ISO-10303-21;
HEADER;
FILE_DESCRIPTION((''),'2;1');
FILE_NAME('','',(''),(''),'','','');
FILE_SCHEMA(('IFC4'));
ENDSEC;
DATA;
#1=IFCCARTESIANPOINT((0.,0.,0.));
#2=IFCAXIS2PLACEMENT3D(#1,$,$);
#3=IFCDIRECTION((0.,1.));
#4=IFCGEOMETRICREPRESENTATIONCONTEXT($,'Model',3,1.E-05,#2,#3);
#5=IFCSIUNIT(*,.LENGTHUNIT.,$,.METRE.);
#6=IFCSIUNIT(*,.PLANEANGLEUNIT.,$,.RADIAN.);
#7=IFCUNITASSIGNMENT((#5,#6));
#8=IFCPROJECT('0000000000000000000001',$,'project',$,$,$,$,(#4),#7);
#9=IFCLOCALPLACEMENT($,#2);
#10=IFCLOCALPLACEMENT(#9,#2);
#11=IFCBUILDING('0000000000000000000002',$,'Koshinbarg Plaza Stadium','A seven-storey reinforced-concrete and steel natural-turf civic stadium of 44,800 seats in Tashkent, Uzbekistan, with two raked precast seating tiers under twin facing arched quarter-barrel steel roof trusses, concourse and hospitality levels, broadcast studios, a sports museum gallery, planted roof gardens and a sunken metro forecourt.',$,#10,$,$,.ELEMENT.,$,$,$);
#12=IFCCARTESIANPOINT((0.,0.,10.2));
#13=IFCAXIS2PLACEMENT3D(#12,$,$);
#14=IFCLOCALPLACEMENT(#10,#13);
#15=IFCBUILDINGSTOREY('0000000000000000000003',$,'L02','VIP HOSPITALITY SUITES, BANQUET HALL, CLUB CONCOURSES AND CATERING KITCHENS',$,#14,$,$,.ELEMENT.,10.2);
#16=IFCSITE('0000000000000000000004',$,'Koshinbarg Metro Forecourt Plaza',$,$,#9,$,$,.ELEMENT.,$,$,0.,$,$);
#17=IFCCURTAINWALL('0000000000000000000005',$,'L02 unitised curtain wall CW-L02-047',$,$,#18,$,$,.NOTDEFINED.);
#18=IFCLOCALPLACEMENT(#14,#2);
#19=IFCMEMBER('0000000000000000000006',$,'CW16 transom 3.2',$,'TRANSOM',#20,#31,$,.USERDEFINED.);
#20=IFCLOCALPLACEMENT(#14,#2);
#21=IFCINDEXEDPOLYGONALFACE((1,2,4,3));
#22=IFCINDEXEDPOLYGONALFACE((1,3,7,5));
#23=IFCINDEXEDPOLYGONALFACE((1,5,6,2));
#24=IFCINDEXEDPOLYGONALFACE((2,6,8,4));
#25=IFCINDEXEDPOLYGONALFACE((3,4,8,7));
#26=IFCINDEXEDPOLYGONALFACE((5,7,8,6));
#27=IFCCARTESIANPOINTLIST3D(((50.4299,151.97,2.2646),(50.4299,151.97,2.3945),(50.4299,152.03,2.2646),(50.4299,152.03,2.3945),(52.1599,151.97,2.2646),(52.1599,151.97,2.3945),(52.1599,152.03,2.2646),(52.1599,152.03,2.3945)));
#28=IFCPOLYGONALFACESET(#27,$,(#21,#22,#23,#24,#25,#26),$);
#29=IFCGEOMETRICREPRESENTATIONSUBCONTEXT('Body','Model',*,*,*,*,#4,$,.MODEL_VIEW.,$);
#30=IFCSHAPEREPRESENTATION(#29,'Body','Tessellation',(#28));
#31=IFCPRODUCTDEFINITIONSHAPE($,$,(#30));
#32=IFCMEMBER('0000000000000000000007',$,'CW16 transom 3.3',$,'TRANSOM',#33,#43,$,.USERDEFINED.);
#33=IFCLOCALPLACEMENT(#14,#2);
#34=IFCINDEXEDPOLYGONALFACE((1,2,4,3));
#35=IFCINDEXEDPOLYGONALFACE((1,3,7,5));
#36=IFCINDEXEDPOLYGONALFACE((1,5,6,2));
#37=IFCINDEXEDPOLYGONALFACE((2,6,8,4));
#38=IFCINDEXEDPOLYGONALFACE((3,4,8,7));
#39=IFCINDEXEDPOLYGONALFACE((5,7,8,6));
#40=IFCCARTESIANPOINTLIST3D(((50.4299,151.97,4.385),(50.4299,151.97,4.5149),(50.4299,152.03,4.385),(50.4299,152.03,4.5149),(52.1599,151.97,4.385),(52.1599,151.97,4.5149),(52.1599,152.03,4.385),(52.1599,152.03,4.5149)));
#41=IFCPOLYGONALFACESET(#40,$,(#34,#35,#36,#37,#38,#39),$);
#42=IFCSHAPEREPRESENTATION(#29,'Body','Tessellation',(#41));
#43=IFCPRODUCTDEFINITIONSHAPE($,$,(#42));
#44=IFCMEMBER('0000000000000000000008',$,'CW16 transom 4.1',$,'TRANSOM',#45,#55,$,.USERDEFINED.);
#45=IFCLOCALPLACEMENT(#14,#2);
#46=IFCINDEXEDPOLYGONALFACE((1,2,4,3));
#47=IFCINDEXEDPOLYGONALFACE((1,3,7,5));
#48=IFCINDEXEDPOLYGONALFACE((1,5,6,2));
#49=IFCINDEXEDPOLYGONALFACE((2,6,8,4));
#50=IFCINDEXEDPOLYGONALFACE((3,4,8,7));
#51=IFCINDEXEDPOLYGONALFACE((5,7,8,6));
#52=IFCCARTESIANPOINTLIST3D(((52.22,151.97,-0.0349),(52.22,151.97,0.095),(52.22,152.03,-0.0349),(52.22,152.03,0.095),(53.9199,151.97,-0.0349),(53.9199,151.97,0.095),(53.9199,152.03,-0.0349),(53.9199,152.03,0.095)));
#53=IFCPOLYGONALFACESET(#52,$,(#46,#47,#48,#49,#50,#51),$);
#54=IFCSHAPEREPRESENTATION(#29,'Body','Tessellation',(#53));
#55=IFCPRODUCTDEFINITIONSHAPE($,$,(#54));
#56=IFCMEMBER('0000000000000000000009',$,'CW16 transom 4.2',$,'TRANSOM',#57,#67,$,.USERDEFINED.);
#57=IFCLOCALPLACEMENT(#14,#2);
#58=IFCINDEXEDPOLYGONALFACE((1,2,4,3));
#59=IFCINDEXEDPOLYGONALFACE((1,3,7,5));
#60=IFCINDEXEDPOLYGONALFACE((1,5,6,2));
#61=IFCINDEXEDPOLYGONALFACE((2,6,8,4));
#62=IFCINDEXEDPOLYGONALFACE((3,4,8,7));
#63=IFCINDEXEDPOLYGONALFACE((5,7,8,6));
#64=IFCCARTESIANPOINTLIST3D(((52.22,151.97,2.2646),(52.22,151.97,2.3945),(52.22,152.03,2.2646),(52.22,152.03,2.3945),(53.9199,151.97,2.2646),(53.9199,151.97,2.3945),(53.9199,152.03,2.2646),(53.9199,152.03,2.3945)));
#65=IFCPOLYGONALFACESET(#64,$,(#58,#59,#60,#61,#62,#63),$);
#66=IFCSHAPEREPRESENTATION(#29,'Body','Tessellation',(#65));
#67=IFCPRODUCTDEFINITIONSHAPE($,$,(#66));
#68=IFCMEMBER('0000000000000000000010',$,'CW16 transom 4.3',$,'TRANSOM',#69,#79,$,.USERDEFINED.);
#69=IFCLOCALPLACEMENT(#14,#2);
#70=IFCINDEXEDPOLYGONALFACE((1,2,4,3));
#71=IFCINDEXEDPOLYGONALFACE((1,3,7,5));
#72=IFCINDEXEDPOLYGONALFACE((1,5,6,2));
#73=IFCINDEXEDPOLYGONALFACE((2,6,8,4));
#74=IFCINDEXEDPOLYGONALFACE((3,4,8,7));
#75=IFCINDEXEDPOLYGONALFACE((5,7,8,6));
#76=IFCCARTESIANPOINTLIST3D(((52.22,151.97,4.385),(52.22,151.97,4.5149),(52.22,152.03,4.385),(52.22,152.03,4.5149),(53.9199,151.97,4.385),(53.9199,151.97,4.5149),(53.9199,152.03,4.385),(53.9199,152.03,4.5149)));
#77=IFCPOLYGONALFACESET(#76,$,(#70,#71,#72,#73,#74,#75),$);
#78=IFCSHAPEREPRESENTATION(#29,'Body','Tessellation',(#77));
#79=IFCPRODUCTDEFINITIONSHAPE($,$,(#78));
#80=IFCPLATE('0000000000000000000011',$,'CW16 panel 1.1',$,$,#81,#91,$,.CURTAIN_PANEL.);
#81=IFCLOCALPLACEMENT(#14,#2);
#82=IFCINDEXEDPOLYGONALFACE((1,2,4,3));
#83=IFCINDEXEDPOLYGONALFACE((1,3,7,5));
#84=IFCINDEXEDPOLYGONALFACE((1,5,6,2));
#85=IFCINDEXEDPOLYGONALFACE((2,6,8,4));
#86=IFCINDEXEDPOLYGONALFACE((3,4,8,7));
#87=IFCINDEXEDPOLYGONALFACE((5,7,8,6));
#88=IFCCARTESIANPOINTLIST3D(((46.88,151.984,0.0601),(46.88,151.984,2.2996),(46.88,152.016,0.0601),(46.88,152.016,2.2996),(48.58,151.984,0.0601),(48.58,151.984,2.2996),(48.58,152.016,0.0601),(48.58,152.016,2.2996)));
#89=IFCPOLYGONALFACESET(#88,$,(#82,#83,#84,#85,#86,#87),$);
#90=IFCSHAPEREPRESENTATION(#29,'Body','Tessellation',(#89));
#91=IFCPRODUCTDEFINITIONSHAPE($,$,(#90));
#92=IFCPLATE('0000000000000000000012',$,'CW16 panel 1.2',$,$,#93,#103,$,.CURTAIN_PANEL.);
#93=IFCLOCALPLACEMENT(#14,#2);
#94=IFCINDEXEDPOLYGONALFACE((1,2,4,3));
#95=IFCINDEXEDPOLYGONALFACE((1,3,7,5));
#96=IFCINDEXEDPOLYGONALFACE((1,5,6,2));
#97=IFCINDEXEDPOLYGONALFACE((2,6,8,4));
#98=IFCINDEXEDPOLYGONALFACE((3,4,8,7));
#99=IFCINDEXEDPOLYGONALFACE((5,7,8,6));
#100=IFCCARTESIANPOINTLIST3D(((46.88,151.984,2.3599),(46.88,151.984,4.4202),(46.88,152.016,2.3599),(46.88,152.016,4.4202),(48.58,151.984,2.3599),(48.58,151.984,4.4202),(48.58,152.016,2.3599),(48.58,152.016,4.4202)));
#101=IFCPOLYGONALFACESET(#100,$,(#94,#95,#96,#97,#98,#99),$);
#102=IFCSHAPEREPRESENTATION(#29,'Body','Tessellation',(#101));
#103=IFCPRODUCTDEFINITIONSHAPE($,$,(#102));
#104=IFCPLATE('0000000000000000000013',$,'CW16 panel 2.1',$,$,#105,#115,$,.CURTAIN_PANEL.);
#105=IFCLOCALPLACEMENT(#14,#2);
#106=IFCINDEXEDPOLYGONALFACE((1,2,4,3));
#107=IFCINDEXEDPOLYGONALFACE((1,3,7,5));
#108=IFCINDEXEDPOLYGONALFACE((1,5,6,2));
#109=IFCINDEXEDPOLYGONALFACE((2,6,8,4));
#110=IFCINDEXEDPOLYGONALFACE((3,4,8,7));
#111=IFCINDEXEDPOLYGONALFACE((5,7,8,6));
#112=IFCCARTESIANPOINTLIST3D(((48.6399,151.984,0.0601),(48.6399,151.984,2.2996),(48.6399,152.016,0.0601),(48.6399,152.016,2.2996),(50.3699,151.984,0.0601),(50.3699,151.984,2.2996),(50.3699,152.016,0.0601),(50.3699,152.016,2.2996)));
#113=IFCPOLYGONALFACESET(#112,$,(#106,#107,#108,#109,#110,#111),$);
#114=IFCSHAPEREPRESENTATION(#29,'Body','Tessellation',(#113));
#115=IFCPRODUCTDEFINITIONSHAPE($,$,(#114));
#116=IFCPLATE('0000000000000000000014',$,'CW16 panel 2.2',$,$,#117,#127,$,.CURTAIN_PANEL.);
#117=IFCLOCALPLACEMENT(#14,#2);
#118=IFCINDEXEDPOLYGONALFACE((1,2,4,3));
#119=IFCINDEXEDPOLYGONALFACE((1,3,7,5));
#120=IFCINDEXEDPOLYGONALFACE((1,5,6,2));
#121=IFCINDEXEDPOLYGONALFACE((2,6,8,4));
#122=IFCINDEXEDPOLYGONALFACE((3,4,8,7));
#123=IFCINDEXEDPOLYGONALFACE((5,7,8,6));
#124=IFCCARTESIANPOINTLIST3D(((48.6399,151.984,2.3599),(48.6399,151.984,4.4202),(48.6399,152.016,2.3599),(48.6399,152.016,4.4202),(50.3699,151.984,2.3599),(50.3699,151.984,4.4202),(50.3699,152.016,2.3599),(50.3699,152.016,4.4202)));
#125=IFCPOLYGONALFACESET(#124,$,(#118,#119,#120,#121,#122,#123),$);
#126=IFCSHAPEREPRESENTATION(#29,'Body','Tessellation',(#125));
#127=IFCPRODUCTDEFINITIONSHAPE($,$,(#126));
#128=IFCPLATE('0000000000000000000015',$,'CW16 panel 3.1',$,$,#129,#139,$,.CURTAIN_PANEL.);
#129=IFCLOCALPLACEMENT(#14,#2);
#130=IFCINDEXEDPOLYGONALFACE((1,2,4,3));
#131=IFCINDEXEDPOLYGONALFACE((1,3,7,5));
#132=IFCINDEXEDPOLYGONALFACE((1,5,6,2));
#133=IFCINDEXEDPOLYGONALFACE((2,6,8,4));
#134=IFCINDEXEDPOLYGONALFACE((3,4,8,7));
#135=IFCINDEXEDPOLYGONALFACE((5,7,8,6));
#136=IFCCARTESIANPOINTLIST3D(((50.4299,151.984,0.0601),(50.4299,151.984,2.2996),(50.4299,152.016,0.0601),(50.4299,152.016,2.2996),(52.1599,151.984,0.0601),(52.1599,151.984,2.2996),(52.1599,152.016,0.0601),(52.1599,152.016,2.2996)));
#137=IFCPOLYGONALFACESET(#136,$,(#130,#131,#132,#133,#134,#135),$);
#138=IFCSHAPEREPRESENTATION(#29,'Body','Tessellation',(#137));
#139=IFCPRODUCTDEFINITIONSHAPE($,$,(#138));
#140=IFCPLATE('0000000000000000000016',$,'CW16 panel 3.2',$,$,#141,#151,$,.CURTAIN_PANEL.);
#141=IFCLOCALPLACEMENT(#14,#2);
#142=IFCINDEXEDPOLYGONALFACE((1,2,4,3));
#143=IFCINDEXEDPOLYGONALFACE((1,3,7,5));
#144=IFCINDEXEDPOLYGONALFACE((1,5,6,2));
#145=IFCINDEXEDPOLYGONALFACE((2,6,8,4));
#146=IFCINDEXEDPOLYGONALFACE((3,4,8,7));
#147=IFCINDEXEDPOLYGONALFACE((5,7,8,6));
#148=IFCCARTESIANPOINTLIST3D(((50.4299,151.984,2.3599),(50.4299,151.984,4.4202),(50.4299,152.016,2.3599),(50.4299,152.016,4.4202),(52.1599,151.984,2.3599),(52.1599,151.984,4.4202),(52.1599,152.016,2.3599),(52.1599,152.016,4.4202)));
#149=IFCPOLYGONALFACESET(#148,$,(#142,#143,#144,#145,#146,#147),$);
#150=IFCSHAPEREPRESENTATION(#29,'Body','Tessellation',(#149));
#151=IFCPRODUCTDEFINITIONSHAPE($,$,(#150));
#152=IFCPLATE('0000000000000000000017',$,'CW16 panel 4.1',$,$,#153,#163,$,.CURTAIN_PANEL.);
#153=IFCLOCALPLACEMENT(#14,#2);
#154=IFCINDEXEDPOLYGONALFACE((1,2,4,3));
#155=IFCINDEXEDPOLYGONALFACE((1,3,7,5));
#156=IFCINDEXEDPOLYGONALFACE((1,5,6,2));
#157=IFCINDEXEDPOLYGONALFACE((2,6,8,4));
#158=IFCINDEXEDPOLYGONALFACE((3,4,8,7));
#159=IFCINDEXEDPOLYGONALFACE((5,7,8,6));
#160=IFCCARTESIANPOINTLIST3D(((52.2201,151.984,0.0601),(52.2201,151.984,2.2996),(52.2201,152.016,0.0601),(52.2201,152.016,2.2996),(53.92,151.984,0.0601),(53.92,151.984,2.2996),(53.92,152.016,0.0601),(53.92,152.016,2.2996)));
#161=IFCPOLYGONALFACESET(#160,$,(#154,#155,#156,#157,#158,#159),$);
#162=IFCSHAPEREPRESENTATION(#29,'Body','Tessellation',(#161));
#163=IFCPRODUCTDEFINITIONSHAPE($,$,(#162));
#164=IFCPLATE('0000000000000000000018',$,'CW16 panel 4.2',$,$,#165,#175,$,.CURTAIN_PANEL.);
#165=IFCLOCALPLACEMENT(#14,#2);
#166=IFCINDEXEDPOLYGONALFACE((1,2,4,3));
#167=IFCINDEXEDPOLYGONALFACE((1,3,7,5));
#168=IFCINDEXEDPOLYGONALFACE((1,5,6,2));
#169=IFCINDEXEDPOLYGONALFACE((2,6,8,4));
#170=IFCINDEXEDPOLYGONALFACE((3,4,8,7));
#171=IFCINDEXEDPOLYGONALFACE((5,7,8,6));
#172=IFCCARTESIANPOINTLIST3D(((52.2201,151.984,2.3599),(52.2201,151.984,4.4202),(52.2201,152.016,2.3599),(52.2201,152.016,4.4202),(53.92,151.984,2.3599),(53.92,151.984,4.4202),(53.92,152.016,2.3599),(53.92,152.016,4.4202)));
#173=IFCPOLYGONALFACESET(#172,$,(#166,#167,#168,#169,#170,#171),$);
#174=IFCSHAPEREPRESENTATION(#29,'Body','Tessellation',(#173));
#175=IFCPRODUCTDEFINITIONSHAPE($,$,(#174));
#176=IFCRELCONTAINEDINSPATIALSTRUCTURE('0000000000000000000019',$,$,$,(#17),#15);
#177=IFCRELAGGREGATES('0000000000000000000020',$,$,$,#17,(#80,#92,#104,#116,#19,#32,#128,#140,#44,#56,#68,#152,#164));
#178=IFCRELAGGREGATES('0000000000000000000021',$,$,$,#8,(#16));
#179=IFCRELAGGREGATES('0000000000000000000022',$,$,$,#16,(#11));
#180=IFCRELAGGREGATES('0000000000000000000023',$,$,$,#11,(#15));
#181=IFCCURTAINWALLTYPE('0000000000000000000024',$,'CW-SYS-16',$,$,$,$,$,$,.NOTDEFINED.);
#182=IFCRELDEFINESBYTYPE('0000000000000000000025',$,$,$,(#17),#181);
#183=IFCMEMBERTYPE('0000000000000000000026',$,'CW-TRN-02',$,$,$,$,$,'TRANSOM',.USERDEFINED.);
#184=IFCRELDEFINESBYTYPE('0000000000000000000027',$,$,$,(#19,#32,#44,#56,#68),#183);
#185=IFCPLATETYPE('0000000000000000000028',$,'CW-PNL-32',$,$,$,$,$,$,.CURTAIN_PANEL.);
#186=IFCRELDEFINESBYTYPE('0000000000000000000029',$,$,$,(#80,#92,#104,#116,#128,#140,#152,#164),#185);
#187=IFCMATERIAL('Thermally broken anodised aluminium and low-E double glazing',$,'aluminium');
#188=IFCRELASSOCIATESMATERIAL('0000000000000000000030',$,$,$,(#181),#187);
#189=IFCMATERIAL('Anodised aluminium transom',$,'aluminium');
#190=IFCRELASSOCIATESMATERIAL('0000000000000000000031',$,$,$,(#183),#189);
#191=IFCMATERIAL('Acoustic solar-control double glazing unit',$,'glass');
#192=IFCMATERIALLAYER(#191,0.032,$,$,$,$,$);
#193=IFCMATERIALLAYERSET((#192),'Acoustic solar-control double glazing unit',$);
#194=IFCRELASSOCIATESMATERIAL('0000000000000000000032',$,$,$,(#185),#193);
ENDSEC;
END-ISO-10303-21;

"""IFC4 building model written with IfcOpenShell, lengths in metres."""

from ifc_helpers import new_model, si_unit, direction, frame, origin, origin_2d, place, context, subcontext, project, spatial, rectangle, extrude, material, layer, layer_set, material_profile, profile_set, type_object, element, aggregate, save


model = new_model("IFC4")

# Units and contexts
model_context = context("Model", 3, precision=1e-05, world=origin(), true_north=direction((0.0, 1.0)))
body_context = subcontext(model_context, "Body", "Model", "MODEL_VIEW")
ifc_project = project(units=[si_unit("LENGTHUNIT", "METRE"), si_unit("PLANEANGLEUNIT", "RADIAN")], contexts=[model_context])

# Site, building, storey
site_placement = place(None, origin())
site = spatial("IfcSite", under=ifc_project, at=site_placement, Name="Koshinbarg Metro Forecourt Plaza", CompositionType="ELEMENT", RefElevation=0.0)
building_placement = place(site_placement, origin())
building = spatial("IfcBuilding", under=site, at=building_placement, Name="Koshinbarg Plaza Stadium", Description="A seven-storey reinforced-concrete and steel natural-turf civic stadium of 44,800 seats in Tashkent, Uzbekistan, with two raked precast seating tiers under twin facing arched quarter-barrel steel roof trusses, concourse and hospitality levels, broadcast studios, a sports museum gallery, planted roof gardens and a sunken metro forecourt.", CompositionType="ELEMENT")
storey_placement = place(building_placement, frame((0.0, 0.0, 10.2)))
storey = spatial("IfcBuildingStorey", under=building, at=storey_placement, Name="L02", Description="VIP HOSPITALITY SUITES, BANQUET HALL, CLUB CONCOURSES AND CATERING KITCHENS", CompositionType="ELEMENT", Elevation=10.2)

# Shared definitions
ifc_material_1 = material(Name="Thermally broken anodised aluminium and low-E double glazing", Category="aluminium")

# Curtain wall
curtain_wall_type_1 = type_object("IfcCurtainWallType", Name="CW-SYS-16", PredefinedType="NOTDEFINED", material=ifc_material_1)
curtain_wall_1_placement = place(storey_placement, origin())
curtain_wall_1 = element("IfcCurtainWall", 1, at=curtain_wall_1_placement, inside=storey, type_object=curtain_wall_type_1, Name="L02 unitised curtain wall CW-L02-047", PredefinedType="NOTDEFINED")

# Members
ifc_material_2 = material(Name="Anodised aluminium transom", Category="aluminium")
ifc_material_profile_1 = material_profile(ifc_material_2, rectangle(XDim=0.0601, YDim=0.1299, at=origin_2d()), Name="ALU 60x130")
ifc_profile_set_1 = profile_set([ifc_material_profile_1], Name="Anodised aluminium transom")
member_type_1 = type_object("IfcMemberType", Name="CW-TRN-02", ElementType="TRANSOM", PredefinedType="USERDEFINED", material=ifc_profile_set_1)
member_1_placement = place(storey_placement, frame((50.4299, 152.0, 2.3296), z_axis=(1.0, 0.0, 0.0), x_axis=(0.0, 1.0, 0.0)))
member_1 = element("IfcMember", 2, at=member_1_placement, type_object=member_type_1, Name="CW16 transom 3.2", ObjectType="TRANSOM", PredefinedType="USERDEFINED", context=body_context, shape_type="SweptSolid", body=[
    extrude(rectangle(XDim=0.0601, YDim=0.1299, at=origin_2d()), origin(), (0.0, 0.0, 1.0), 1.73),
])
member_2_placement = place(storey_placement, frame((50.4299, 152.0, 4.45), z_axis=(1.0, 0.0, 0.0), x_axis=(0.0, 1.0, 0.0)))
member_2 = element("IfcMember", 3, at=member_2_placement, type_object=member_type_1, Name="CW16 transom 3.3", ObjectType="TRANSOM", PredefinedType="USERDEFINED", context=body_context, shape_type="SweptSolid", body=[
    extrude(rectangle(XDim=0.0601, YDim=0.1299, at=origin_2d()), origin(), (0.0, 0.0, 1.0), 1.73),
])
member_3_placement = place(storey_placement, frame((52.22, 152.0, 0.03), z_axis=(1.0, 0.0, 0.0), x_axis=(0.0, 1.0, 0.0)))
member_3 = element("IfcMember", 4, at=member_3_placement, type_object=member_type_1, Name="CW16 transom 4.1", ObjectType="TRANSOM", PredefinedType="USERDEFINED", context=body_context, shape_type="SweptSolid", body=[
    extrude(rectangle(XDim=0.0601, YDim=0.1299, at=origin_2d()), origin(), (0.0, 0.0, 1.0), 1.7),
])
member_4_placement = place(storey_placement, frame((52.22, 152.0, 2.3296), z_axis=(1.0, 0.0, 0.0), x_axis=(0.0, 1.0, 0.0)))
member_4 = element("IfcMember", 5, at=member_4_placement, type_object=member_type_1, Name="CW16 transom 4.2", ObjectType="TRANSOM", PredefinedType="USERDEFINED", context=body_context, shape_type="SweptSolid", body=[
    extrude(rectangle(XDim=0.0601, YDim=0.1299, at=origin_2d()), origin(), (0.0, 0.0, 1.0), 1.7),
])
member_5_placement = place(storey_placement, frame((52.22, 152.0, 4.45), z_axis=(1.0, 0.0, 0.0), x_axis=(0.0, 1.0, 0.0)))
member_5 = element("IfcMember", 6, at=member_5_placement, type_object=member_type_1, Name="CW16 transom 4.3", ObjectType="TRANSOM", PredefinedType="USERDEFINED", context=body_context, shape_type="SweptSolid", body=[
    extrude(rectangle(XDim=0.0601, YDim=0.1299, at=origin_2d()), origin(), (0.0, 0.0, 1.0), 1.7),
])

# Plates
ifc_material_3 = material(Name="Acoustic solar-control double glazing unit", Category="glass")
ifc_layer_1 = layer(ifc_material_3, 0.032)
ifc_layer_set_1 = layer_set([ifc_layer_1], Name="Acoustic solar-control double glazing unit")
plate_type = type_object("IfcPlateType", Name="CW-PNL-32", PredefinedType="CURTAIN_PANEL", material=ifc_layer_set_1)
plate_1_placement = place(storey_placement, frame((47.73, 152.0, 0.0601), z_axis=(0.0, 0.0, 1.0), x_axis=(1.0, 0.0, 0.0)))
plate_1 = element("IfcPlate", 7, at=plate_1_placement, type_object=plate_type, Name="CW16 panel 1.1", PredefinedType="CURTAIN_PANEL", context=body_context, shape_type="SweptSolid", body=[
    extrude(rectangle(XDim=1.7, YDim=0.032, at=origin_2d()), origin(), (0.0, 0.0, 1.0), 2.2395),
])
plate_2_placement = place(storey_placement, frame((47.73, 152.0, 2.3599), z_axis=(0.0, 0.0, 1.0), x_axis=(1.0, 0.0, 0.0)))
plate_2 = element("IfcPlate", 8, at=plate_2_placement, type_object=plate_type, Name="CW16 panel 1.2", PredefinedType="CURTAIN_PANEL", context=body_context, shape_type="SweptSolid", body=[
    extrude(rectangle(XDim=1.7, YDim=0.032, at=origin_2d()), origin(), (0.0, 0.0, 1.0), 2.0603),
])
plate_3_placement = place(storey_placement, frame((49.5049, 152.0, 0.0601), z_axis=(0.0, 0.0, 1.0), x_axis=(1.0, 0.0, 0.0)))
plate_3 = element("IfcPlate", 9, at=plate_3_placement, type_object=plate_type, Name="CW16 panel 2.1", PredefinedType="CURTAIN_PANEL", context=body_context, shape_type="SweptSolid", body=[
    extrude(rectangle(XDim=1.73, YDim=0.032, at=origin_2d()), origin(), (0.0, 0.0, 1.0), 2.2395),
])
plate_4_placement = place(storey_placement, frame((49.5049, 152.0, 2.3599), z_axis=(0.0, 0.0, 1.0), x_axis=(1.0, 0.0, 0.0)))
plate_4 = element("IfcPlate", 10, at=plate_4_placement, type_object=plate_type, Name="CW16 panel 2.2", PredefinedType="CURTAIN_PANEL", context=body_context, shape_type="SweptSolid", body=[
    extrude(rectangle(XDim=1.73, YDim=0.032, at=origin_2d()), origin(), (0.0, 0.0, 1.0), 2.0603),
])
plate_5_placement = place(storey_placement, frame((51.2949, 152.0, 0.0601), z_axis=(0.0, 0.0, 1.0), x_axis=(1.0, 0.0, 0.0)))
plate_5 = element("IfcPlate", 11, at=plate_5_placement, type_object=plate_type, Name="CW16 panel 3.1", PredefinedType="CURTAIN_PANEL", context=body_context, shape_type="SweptSolid", body=[
    extrude(rectangle(XDim=1.73, YDim=0.032, at=origin_2d()), origin(), (0.0, 0.0, 1.0), 2.2395),
])
plate_6_placement = place(storey_placement, frame((51.2949, 152.0, 2.3599), z_axis=(0.0, 0.0, 1.0), x_axis=(1.0, 0.0, 0.0)))
plate_6 = element("IfcPlate", 12, at=plate_6_placement, type_object=plate_type, Name="CW16 panel 3.2", PredefinedType="CURTAIN_PANEL", context=body_context, shape_type="SweptSolid", body=[
    extrude(rectangle(XDim=1.73, YDim=0.032, at=origin_2d()), origin(), (0.0, 0.0, 1.0), 2.0603),
])
plate_7_placement = place(storey_placement, frame((53.0701, 152.0, 0.0601), z_axis=(0.0, 0.0, 1.0), x_axis=(1.0, 0.0, 0.0)))
plate_7 = element("IfcPlate", 13, at=plate_7_placement, type_object=plate_type, Name="CW16 panel 4.1", PredefinedType="CURTAIN_PANEL", context=body_context, shape_type="SweptSolid", body=[
    extrude(rectangle(XDim=1.7, YDim=0.032, at=origin_2d()), origin(), (0.0, 0.0, 1.0), 2.2395),
])
plate_8_placement = place(storey_placement, frame((53.0701, 152.0, 2.3599), z_axis=(0.0, 0.0, 1.0), x_axis=(1.0, 0.0, 0.0)))
plate_8 = element("IfcPlate", 14, at=plate_8_placement, type_object=plate_type, Name="CW16 panel 4.2", PredefinedType="CURTAIN_PANEL", context=body_context, shape_type="SweptSolid", body=[
    extrude(rectangle(XDim=1.7, YDim=0.032, at=origin_2d()), origin(), (0.0, 0.0, 1.0), 2.0603),
])
aggregate(curtain_wall_1, [plate_1, plate_2, plate_3, plate_4, member_1, member_2, plate_5, plate_6, member_3, member_4, member_5, plate_7, plate_8])

save(model, "model.ifc")
